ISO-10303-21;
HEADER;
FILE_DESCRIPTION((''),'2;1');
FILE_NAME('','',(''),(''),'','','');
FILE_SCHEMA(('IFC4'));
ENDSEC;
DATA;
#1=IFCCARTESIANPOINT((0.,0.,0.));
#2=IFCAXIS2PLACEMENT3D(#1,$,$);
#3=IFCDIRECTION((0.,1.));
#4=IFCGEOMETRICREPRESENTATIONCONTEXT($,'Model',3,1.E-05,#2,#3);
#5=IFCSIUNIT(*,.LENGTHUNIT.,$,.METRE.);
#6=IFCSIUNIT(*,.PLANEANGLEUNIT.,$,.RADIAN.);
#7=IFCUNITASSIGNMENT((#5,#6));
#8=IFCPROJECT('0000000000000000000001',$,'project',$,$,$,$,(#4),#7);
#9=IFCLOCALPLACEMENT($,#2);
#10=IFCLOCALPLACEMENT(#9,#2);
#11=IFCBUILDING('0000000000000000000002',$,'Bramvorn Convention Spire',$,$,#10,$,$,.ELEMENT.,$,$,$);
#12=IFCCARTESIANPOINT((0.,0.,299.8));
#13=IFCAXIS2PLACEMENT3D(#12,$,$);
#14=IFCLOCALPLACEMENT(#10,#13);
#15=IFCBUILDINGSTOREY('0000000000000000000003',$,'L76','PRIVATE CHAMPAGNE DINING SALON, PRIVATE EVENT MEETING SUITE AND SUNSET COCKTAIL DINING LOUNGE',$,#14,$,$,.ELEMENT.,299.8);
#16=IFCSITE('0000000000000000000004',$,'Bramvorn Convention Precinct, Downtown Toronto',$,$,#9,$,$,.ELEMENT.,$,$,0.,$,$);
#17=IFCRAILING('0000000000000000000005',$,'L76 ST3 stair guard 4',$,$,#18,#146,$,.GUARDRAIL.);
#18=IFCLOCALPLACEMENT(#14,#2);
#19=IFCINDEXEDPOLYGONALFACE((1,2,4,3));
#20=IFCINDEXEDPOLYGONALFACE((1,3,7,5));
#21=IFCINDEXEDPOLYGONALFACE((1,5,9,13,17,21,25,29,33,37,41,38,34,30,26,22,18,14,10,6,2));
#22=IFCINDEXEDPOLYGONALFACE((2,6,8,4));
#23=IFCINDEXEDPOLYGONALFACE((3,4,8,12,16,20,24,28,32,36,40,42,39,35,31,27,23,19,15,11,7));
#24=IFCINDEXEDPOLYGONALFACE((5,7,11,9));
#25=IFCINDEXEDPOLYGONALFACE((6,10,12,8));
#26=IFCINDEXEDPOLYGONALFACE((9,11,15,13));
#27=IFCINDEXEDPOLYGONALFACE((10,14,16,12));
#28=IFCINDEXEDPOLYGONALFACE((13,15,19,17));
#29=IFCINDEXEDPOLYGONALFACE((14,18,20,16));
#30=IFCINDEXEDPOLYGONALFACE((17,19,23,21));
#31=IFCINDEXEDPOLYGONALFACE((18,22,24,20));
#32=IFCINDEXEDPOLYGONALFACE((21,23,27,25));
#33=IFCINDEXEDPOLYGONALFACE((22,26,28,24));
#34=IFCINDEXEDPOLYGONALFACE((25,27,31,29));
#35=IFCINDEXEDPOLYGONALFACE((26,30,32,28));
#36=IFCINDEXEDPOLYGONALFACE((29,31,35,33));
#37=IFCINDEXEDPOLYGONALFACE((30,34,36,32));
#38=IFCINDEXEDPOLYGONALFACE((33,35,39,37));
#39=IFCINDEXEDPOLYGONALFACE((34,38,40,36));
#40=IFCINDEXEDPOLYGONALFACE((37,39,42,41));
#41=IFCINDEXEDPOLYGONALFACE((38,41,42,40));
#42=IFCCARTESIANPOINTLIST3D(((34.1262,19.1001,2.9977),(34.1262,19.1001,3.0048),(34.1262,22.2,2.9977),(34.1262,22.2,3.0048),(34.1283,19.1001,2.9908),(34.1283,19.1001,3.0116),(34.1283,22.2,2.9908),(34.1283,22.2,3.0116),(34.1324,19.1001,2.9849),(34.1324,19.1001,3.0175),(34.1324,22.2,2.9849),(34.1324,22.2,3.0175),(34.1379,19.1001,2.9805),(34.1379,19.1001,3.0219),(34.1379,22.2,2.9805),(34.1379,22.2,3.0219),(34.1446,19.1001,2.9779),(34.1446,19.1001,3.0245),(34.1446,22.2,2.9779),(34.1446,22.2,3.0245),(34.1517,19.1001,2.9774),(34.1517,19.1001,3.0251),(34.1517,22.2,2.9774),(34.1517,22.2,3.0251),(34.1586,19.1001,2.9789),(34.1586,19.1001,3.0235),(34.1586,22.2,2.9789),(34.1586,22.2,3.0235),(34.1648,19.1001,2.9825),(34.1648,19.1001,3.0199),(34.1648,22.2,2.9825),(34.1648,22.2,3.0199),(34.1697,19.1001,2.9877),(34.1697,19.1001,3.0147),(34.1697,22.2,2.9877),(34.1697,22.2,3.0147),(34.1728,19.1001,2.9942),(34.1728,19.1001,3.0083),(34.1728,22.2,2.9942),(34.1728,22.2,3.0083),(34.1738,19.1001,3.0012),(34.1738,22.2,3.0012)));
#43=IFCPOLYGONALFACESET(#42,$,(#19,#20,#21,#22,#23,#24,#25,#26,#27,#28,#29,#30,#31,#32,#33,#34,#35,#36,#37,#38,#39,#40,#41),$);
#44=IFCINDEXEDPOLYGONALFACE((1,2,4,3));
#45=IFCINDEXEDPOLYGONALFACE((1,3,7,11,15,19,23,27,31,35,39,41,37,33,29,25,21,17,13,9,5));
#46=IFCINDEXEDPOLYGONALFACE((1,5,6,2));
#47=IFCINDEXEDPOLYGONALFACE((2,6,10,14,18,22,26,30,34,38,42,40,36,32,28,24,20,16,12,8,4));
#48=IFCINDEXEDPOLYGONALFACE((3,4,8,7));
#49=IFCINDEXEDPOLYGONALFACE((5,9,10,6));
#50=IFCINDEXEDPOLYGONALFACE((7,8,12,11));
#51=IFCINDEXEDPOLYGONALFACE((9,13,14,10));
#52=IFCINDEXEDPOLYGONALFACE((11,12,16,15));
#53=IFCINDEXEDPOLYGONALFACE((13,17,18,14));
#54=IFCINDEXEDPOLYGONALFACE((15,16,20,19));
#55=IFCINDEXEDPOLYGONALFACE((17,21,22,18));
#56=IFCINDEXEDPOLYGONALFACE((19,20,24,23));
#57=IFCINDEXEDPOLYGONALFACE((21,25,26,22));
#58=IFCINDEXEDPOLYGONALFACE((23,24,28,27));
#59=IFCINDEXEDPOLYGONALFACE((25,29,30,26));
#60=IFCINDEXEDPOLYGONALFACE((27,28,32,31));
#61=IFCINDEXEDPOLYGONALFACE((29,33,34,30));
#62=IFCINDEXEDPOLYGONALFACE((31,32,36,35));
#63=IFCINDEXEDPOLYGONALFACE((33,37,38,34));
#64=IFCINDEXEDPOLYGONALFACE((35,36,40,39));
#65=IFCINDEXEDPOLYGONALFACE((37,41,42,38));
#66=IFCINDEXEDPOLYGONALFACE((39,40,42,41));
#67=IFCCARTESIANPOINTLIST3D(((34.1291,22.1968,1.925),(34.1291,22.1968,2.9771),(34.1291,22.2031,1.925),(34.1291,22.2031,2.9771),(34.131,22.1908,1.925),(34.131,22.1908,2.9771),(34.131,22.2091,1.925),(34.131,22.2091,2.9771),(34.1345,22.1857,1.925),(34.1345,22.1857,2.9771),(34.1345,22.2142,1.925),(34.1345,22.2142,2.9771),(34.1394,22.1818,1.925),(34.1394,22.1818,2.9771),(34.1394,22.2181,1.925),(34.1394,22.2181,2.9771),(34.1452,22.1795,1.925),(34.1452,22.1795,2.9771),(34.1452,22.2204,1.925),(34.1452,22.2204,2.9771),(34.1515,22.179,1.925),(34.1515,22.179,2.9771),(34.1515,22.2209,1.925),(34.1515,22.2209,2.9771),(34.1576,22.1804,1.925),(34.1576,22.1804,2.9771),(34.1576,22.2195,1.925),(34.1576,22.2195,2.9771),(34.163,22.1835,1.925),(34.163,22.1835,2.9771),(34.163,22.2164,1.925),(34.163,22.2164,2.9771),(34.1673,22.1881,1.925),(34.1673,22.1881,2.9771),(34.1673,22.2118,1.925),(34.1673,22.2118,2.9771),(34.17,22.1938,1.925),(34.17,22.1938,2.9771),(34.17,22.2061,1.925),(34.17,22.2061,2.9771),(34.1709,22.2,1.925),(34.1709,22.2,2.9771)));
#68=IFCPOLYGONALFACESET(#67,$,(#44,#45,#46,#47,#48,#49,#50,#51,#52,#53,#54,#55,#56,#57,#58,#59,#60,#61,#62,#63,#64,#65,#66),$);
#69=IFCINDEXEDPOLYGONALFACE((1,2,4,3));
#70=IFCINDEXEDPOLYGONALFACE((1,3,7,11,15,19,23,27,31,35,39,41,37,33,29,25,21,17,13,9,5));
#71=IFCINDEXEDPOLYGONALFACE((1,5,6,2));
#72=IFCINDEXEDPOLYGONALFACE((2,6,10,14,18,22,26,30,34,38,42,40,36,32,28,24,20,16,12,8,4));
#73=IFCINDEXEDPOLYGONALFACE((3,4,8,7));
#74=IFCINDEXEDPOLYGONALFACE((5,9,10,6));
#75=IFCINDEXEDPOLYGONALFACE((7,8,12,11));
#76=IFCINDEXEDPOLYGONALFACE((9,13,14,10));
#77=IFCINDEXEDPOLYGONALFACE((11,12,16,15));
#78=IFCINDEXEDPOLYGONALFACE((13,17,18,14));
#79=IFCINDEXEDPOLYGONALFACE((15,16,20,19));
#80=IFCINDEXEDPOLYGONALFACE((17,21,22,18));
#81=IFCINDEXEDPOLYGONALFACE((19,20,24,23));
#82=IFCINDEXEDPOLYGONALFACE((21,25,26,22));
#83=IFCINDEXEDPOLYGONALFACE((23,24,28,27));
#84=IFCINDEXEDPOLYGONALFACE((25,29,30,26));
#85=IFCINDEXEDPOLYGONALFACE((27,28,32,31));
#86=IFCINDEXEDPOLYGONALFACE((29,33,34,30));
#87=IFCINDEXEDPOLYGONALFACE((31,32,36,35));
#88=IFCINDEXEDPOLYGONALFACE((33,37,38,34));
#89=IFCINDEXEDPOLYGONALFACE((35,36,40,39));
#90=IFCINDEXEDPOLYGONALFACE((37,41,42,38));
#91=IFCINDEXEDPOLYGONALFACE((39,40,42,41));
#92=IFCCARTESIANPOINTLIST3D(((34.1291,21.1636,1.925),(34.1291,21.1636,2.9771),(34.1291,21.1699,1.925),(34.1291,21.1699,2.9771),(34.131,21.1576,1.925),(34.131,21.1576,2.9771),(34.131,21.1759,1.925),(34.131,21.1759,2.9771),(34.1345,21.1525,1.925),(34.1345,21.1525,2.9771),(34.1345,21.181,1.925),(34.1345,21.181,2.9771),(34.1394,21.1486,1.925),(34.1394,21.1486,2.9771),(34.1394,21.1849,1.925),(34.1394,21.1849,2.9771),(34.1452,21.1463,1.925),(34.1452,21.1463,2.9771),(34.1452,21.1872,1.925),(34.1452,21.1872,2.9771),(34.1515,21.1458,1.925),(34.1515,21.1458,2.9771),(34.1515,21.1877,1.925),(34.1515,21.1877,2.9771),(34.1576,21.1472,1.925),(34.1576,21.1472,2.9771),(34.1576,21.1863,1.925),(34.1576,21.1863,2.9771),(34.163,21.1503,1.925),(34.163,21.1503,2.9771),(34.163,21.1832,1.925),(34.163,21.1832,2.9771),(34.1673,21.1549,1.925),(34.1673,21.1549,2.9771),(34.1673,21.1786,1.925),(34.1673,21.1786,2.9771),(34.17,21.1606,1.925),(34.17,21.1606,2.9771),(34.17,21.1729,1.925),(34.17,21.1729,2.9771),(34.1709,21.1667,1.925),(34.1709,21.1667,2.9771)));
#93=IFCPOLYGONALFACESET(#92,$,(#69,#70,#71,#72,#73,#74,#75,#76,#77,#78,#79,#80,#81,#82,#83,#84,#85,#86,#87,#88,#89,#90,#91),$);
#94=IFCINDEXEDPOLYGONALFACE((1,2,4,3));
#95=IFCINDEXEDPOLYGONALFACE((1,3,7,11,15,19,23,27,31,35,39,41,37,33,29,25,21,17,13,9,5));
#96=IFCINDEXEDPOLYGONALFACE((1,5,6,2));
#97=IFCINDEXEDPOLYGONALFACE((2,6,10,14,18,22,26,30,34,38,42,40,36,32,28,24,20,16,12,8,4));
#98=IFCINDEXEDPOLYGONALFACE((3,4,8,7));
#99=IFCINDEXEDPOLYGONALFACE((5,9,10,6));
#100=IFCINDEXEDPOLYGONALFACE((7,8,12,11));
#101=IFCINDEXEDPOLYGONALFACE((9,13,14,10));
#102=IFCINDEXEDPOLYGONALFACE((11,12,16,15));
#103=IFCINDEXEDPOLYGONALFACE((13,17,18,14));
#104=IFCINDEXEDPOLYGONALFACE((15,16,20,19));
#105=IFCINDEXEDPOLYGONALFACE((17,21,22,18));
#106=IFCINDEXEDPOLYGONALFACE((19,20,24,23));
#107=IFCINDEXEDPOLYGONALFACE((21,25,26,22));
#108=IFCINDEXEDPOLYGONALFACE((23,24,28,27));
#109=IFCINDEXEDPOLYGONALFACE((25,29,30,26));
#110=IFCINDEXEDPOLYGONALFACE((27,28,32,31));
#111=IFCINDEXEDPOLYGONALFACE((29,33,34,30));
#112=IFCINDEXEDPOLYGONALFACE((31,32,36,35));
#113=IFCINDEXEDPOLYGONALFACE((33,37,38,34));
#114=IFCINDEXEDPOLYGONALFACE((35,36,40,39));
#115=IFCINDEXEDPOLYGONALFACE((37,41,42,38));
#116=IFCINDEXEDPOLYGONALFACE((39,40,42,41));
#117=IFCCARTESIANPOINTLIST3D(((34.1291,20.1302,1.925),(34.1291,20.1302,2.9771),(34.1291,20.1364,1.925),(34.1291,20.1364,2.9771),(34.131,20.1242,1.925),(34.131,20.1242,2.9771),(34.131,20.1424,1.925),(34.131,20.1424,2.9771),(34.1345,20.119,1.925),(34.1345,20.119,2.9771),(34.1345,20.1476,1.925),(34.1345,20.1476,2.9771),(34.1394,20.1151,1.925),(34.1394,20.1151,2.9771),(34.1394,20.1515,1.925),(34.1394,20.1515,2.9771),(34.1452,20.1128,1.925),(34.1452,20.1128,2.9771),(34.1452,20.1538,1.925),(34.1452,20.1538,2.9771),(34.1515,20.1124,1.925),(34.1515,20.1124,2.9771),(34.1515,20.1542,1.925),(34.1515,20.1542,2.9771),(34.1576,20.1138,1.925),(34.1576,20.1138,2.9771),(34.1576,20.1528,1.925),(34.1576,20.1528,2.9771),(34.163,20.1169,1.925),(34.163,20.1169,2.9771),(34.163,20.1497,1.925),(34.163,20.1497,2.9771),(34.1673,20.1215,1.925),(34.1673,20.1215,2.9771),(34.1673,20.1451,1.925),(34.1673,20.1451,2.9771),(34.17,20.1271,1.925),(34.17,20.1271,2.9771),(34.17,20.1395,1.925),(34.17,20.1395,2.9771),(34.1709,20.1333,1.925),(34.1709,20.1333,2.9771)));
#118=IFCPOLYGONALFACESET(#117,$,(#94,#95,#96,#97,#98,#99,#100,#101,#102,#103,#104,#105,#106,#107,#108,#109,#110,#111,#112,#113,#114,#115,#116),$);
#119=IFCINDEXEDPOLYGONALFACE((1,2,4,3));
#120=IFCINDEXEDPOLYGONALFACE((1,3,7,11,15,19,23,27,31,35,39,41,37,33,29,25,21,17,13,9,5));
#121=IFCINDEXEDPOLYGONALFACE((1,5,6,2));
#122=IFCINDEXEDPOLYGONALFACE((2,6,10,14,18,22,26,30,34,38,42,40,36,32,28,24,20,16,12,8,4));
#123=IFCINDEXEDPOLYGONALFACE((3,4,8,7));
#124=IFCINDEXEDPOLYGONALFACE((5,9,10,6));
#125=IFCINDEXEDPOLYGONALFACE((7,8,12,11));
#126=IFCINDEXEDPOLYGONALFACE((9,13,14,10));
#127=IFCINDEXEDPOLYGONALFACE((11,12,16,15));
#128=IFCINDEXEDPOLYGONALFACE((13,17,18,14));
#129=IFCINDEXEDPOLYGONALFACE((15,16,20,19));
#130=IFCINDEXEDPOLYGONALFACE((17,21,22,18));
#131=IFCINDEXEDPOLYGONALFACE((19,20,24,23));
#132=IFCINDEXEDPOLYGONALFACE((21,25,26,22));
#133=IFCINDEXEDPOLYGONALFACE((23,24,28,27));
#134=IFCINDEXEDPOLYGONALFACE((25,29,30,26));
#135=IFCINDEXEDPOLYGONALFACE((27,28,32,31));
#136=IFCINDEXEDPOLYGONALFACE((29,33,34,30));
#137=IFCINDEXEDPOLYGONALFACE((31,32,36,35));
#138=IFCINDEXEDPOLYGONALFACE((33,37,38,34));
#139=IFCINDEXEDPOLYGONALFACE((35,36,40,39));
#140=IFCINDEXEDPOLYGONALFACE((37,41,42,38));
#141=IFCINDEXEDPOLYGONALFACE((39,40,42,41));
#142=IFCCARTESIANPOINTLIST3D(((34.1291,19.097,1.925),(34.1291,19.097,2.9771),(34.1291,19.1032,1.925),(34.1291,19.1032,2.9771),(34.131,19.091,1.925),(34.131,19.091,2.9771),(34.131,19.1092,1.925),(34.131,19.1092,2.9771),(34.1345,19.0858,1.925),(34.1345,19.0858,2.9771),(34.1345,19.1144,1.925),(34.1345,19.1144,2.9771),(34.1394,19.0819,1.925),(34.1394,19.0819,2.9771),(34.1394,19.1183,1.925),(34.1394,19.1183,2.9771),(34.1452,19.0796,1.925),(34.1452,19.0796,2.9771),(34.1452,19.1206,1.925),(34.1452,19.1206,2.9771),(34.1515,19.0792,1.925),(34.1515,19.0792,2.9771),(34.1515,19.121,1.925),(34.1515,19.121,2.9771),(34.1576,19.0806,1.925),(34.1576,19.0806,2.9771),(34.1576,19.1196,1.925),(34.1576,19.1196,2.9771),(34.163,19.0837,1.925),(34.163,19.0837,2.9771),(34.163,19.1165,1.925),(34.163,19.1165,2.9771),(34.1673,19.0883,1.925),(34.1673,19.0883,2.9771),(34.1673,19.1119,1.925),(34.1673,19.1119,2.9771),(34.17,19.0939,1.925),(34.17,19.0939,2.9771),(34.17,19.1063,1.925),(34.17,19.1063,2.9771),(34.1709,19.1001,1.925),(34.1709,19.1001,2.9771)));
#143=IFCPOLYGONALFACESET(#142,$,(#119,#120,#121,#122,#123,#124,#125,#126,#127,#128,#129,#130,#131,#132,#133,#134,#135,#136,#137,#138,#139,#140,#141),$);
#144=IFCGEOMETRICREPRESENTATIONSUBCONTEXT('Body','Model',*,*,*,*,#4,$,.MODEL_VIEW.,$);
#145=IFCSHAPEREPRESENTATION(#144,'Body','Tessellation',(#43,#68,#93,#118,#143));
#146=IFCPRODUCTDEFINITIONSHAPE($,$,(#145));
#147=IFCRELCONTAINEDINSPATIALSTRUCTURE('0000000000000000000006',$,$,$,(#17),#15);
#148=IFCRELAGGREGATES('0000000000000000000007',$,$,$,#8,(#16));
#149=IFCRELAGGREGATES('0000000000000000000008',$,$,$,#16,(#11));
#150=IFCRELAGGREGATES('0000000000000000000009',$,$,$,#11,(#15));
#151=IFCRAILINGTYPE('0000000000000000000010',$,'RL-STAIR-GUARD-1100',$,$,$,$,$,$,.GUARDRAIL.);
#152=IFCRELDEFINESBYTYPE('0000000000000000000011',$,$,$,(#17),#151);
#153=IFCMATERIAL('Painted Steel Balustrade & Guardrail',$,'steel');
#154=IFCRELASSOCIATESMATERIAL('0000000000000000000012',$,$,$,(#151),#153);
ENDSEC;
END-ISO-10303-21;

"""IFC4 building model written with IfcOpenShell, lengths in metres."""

from ifc_helpers import new_model, si_unit, direction, frame, origin, origin_2d, place, context, subcontext, project, spatial, circle, extrude, material, type_object, element, save


model = new_model("IFC4")

# Units and contexts
model_context = context("Model", 3, precision=1e-05, world=origin(), true_north=direction((0.0, 1.0)))
body_context = subcontext(model_context, "Body", "Model", "MODEL_VIEW")
ifc_project = project(units=[si_unit("LENGTHUNIT", "METRE"), si_unit("PLANEANGLEUNIT", "RADIAN")], contexts=[model_context])

# Site, building, storey
site_placement = place(None, origin())
site = spatial("IfcSite", under=ifc_project, at=site_placement, Name="Bramvorn Convention Precinct, Downtown Toronto", CompositionType="ELEMENT", RefElevation=0.0)
building_placement = place(site_placement, origin())
building = spatial("IfcBuilding", under=site, at=building_placement, Name="Bramvorn Convention Spire", CompositionType="ELEMENT")
storey_placement = place(building_placement, frame((0.0, 0.0, 299.8)))
storey = spatial("IfcBuildingStorey", under=building, at=storey_placement, Name="L76", Description="PRIVATE CHAMPAGNE DINING SALON, PRIVATE EVENT MEETING SUITE AND SUNSET COCKTAIL DINING LOUNGE", CompositionType="ELEMENT", Elevation=299.8)

# Railing
ifc_material_1 = material(Name="Painted Steel Balustrade & Guardrail", Category="steel")
railing_type_1 = type_object("IfcRailingType", Name="RL-STAIR-GUARD-1100", PredefinedType="GUARDRAIL", material=ifc_material_1)
for number, where, name in (
    (1, (34.1499, 22.2, 1.925), "L76 ST3 stair guard 4"),
):
    element("IfcRailing", number, at=place(storey_placement, frame(where)), inside=storey, type_object=railing_type_1, Name=name, PredefinedType="GUARDRAIL", context=body_context, shape_type="SweptSolid", body=[
        extrude(circle(Radius=0.0239, at=origin_2d()), frame((0.0, 0.0, 1.0762), z_axis=(0.0, -1.0, 0.0), x_axis=(1.0, 0.0, 0.0)), (0.0, 0.0, 1.0), 3.0999),
        extrude(circle(Radius=0.021, at=origin_2d()), origin(), (0.0, 0.0, 1.0), 1.052),
        extrude(circle(Radius=0.021, at=origin_2d()), frame((0.0, -1.0332, 0.0)), (0.0, 0.0, 1.0), 1.052),
        extrude(circle(Radius=0.021, at=origin_2d()), frame((0.0, -2.0667, 0.0)), (0.0, 0.0, 1.0), 1.052),
        extrude(circle(Radius=0.021, at=origin_2d()), frame((0.0, -3.0999, 0.0)), (0.0, 0.0, 1.0), 1.052),
    ])

save(model, "model.ifc")
